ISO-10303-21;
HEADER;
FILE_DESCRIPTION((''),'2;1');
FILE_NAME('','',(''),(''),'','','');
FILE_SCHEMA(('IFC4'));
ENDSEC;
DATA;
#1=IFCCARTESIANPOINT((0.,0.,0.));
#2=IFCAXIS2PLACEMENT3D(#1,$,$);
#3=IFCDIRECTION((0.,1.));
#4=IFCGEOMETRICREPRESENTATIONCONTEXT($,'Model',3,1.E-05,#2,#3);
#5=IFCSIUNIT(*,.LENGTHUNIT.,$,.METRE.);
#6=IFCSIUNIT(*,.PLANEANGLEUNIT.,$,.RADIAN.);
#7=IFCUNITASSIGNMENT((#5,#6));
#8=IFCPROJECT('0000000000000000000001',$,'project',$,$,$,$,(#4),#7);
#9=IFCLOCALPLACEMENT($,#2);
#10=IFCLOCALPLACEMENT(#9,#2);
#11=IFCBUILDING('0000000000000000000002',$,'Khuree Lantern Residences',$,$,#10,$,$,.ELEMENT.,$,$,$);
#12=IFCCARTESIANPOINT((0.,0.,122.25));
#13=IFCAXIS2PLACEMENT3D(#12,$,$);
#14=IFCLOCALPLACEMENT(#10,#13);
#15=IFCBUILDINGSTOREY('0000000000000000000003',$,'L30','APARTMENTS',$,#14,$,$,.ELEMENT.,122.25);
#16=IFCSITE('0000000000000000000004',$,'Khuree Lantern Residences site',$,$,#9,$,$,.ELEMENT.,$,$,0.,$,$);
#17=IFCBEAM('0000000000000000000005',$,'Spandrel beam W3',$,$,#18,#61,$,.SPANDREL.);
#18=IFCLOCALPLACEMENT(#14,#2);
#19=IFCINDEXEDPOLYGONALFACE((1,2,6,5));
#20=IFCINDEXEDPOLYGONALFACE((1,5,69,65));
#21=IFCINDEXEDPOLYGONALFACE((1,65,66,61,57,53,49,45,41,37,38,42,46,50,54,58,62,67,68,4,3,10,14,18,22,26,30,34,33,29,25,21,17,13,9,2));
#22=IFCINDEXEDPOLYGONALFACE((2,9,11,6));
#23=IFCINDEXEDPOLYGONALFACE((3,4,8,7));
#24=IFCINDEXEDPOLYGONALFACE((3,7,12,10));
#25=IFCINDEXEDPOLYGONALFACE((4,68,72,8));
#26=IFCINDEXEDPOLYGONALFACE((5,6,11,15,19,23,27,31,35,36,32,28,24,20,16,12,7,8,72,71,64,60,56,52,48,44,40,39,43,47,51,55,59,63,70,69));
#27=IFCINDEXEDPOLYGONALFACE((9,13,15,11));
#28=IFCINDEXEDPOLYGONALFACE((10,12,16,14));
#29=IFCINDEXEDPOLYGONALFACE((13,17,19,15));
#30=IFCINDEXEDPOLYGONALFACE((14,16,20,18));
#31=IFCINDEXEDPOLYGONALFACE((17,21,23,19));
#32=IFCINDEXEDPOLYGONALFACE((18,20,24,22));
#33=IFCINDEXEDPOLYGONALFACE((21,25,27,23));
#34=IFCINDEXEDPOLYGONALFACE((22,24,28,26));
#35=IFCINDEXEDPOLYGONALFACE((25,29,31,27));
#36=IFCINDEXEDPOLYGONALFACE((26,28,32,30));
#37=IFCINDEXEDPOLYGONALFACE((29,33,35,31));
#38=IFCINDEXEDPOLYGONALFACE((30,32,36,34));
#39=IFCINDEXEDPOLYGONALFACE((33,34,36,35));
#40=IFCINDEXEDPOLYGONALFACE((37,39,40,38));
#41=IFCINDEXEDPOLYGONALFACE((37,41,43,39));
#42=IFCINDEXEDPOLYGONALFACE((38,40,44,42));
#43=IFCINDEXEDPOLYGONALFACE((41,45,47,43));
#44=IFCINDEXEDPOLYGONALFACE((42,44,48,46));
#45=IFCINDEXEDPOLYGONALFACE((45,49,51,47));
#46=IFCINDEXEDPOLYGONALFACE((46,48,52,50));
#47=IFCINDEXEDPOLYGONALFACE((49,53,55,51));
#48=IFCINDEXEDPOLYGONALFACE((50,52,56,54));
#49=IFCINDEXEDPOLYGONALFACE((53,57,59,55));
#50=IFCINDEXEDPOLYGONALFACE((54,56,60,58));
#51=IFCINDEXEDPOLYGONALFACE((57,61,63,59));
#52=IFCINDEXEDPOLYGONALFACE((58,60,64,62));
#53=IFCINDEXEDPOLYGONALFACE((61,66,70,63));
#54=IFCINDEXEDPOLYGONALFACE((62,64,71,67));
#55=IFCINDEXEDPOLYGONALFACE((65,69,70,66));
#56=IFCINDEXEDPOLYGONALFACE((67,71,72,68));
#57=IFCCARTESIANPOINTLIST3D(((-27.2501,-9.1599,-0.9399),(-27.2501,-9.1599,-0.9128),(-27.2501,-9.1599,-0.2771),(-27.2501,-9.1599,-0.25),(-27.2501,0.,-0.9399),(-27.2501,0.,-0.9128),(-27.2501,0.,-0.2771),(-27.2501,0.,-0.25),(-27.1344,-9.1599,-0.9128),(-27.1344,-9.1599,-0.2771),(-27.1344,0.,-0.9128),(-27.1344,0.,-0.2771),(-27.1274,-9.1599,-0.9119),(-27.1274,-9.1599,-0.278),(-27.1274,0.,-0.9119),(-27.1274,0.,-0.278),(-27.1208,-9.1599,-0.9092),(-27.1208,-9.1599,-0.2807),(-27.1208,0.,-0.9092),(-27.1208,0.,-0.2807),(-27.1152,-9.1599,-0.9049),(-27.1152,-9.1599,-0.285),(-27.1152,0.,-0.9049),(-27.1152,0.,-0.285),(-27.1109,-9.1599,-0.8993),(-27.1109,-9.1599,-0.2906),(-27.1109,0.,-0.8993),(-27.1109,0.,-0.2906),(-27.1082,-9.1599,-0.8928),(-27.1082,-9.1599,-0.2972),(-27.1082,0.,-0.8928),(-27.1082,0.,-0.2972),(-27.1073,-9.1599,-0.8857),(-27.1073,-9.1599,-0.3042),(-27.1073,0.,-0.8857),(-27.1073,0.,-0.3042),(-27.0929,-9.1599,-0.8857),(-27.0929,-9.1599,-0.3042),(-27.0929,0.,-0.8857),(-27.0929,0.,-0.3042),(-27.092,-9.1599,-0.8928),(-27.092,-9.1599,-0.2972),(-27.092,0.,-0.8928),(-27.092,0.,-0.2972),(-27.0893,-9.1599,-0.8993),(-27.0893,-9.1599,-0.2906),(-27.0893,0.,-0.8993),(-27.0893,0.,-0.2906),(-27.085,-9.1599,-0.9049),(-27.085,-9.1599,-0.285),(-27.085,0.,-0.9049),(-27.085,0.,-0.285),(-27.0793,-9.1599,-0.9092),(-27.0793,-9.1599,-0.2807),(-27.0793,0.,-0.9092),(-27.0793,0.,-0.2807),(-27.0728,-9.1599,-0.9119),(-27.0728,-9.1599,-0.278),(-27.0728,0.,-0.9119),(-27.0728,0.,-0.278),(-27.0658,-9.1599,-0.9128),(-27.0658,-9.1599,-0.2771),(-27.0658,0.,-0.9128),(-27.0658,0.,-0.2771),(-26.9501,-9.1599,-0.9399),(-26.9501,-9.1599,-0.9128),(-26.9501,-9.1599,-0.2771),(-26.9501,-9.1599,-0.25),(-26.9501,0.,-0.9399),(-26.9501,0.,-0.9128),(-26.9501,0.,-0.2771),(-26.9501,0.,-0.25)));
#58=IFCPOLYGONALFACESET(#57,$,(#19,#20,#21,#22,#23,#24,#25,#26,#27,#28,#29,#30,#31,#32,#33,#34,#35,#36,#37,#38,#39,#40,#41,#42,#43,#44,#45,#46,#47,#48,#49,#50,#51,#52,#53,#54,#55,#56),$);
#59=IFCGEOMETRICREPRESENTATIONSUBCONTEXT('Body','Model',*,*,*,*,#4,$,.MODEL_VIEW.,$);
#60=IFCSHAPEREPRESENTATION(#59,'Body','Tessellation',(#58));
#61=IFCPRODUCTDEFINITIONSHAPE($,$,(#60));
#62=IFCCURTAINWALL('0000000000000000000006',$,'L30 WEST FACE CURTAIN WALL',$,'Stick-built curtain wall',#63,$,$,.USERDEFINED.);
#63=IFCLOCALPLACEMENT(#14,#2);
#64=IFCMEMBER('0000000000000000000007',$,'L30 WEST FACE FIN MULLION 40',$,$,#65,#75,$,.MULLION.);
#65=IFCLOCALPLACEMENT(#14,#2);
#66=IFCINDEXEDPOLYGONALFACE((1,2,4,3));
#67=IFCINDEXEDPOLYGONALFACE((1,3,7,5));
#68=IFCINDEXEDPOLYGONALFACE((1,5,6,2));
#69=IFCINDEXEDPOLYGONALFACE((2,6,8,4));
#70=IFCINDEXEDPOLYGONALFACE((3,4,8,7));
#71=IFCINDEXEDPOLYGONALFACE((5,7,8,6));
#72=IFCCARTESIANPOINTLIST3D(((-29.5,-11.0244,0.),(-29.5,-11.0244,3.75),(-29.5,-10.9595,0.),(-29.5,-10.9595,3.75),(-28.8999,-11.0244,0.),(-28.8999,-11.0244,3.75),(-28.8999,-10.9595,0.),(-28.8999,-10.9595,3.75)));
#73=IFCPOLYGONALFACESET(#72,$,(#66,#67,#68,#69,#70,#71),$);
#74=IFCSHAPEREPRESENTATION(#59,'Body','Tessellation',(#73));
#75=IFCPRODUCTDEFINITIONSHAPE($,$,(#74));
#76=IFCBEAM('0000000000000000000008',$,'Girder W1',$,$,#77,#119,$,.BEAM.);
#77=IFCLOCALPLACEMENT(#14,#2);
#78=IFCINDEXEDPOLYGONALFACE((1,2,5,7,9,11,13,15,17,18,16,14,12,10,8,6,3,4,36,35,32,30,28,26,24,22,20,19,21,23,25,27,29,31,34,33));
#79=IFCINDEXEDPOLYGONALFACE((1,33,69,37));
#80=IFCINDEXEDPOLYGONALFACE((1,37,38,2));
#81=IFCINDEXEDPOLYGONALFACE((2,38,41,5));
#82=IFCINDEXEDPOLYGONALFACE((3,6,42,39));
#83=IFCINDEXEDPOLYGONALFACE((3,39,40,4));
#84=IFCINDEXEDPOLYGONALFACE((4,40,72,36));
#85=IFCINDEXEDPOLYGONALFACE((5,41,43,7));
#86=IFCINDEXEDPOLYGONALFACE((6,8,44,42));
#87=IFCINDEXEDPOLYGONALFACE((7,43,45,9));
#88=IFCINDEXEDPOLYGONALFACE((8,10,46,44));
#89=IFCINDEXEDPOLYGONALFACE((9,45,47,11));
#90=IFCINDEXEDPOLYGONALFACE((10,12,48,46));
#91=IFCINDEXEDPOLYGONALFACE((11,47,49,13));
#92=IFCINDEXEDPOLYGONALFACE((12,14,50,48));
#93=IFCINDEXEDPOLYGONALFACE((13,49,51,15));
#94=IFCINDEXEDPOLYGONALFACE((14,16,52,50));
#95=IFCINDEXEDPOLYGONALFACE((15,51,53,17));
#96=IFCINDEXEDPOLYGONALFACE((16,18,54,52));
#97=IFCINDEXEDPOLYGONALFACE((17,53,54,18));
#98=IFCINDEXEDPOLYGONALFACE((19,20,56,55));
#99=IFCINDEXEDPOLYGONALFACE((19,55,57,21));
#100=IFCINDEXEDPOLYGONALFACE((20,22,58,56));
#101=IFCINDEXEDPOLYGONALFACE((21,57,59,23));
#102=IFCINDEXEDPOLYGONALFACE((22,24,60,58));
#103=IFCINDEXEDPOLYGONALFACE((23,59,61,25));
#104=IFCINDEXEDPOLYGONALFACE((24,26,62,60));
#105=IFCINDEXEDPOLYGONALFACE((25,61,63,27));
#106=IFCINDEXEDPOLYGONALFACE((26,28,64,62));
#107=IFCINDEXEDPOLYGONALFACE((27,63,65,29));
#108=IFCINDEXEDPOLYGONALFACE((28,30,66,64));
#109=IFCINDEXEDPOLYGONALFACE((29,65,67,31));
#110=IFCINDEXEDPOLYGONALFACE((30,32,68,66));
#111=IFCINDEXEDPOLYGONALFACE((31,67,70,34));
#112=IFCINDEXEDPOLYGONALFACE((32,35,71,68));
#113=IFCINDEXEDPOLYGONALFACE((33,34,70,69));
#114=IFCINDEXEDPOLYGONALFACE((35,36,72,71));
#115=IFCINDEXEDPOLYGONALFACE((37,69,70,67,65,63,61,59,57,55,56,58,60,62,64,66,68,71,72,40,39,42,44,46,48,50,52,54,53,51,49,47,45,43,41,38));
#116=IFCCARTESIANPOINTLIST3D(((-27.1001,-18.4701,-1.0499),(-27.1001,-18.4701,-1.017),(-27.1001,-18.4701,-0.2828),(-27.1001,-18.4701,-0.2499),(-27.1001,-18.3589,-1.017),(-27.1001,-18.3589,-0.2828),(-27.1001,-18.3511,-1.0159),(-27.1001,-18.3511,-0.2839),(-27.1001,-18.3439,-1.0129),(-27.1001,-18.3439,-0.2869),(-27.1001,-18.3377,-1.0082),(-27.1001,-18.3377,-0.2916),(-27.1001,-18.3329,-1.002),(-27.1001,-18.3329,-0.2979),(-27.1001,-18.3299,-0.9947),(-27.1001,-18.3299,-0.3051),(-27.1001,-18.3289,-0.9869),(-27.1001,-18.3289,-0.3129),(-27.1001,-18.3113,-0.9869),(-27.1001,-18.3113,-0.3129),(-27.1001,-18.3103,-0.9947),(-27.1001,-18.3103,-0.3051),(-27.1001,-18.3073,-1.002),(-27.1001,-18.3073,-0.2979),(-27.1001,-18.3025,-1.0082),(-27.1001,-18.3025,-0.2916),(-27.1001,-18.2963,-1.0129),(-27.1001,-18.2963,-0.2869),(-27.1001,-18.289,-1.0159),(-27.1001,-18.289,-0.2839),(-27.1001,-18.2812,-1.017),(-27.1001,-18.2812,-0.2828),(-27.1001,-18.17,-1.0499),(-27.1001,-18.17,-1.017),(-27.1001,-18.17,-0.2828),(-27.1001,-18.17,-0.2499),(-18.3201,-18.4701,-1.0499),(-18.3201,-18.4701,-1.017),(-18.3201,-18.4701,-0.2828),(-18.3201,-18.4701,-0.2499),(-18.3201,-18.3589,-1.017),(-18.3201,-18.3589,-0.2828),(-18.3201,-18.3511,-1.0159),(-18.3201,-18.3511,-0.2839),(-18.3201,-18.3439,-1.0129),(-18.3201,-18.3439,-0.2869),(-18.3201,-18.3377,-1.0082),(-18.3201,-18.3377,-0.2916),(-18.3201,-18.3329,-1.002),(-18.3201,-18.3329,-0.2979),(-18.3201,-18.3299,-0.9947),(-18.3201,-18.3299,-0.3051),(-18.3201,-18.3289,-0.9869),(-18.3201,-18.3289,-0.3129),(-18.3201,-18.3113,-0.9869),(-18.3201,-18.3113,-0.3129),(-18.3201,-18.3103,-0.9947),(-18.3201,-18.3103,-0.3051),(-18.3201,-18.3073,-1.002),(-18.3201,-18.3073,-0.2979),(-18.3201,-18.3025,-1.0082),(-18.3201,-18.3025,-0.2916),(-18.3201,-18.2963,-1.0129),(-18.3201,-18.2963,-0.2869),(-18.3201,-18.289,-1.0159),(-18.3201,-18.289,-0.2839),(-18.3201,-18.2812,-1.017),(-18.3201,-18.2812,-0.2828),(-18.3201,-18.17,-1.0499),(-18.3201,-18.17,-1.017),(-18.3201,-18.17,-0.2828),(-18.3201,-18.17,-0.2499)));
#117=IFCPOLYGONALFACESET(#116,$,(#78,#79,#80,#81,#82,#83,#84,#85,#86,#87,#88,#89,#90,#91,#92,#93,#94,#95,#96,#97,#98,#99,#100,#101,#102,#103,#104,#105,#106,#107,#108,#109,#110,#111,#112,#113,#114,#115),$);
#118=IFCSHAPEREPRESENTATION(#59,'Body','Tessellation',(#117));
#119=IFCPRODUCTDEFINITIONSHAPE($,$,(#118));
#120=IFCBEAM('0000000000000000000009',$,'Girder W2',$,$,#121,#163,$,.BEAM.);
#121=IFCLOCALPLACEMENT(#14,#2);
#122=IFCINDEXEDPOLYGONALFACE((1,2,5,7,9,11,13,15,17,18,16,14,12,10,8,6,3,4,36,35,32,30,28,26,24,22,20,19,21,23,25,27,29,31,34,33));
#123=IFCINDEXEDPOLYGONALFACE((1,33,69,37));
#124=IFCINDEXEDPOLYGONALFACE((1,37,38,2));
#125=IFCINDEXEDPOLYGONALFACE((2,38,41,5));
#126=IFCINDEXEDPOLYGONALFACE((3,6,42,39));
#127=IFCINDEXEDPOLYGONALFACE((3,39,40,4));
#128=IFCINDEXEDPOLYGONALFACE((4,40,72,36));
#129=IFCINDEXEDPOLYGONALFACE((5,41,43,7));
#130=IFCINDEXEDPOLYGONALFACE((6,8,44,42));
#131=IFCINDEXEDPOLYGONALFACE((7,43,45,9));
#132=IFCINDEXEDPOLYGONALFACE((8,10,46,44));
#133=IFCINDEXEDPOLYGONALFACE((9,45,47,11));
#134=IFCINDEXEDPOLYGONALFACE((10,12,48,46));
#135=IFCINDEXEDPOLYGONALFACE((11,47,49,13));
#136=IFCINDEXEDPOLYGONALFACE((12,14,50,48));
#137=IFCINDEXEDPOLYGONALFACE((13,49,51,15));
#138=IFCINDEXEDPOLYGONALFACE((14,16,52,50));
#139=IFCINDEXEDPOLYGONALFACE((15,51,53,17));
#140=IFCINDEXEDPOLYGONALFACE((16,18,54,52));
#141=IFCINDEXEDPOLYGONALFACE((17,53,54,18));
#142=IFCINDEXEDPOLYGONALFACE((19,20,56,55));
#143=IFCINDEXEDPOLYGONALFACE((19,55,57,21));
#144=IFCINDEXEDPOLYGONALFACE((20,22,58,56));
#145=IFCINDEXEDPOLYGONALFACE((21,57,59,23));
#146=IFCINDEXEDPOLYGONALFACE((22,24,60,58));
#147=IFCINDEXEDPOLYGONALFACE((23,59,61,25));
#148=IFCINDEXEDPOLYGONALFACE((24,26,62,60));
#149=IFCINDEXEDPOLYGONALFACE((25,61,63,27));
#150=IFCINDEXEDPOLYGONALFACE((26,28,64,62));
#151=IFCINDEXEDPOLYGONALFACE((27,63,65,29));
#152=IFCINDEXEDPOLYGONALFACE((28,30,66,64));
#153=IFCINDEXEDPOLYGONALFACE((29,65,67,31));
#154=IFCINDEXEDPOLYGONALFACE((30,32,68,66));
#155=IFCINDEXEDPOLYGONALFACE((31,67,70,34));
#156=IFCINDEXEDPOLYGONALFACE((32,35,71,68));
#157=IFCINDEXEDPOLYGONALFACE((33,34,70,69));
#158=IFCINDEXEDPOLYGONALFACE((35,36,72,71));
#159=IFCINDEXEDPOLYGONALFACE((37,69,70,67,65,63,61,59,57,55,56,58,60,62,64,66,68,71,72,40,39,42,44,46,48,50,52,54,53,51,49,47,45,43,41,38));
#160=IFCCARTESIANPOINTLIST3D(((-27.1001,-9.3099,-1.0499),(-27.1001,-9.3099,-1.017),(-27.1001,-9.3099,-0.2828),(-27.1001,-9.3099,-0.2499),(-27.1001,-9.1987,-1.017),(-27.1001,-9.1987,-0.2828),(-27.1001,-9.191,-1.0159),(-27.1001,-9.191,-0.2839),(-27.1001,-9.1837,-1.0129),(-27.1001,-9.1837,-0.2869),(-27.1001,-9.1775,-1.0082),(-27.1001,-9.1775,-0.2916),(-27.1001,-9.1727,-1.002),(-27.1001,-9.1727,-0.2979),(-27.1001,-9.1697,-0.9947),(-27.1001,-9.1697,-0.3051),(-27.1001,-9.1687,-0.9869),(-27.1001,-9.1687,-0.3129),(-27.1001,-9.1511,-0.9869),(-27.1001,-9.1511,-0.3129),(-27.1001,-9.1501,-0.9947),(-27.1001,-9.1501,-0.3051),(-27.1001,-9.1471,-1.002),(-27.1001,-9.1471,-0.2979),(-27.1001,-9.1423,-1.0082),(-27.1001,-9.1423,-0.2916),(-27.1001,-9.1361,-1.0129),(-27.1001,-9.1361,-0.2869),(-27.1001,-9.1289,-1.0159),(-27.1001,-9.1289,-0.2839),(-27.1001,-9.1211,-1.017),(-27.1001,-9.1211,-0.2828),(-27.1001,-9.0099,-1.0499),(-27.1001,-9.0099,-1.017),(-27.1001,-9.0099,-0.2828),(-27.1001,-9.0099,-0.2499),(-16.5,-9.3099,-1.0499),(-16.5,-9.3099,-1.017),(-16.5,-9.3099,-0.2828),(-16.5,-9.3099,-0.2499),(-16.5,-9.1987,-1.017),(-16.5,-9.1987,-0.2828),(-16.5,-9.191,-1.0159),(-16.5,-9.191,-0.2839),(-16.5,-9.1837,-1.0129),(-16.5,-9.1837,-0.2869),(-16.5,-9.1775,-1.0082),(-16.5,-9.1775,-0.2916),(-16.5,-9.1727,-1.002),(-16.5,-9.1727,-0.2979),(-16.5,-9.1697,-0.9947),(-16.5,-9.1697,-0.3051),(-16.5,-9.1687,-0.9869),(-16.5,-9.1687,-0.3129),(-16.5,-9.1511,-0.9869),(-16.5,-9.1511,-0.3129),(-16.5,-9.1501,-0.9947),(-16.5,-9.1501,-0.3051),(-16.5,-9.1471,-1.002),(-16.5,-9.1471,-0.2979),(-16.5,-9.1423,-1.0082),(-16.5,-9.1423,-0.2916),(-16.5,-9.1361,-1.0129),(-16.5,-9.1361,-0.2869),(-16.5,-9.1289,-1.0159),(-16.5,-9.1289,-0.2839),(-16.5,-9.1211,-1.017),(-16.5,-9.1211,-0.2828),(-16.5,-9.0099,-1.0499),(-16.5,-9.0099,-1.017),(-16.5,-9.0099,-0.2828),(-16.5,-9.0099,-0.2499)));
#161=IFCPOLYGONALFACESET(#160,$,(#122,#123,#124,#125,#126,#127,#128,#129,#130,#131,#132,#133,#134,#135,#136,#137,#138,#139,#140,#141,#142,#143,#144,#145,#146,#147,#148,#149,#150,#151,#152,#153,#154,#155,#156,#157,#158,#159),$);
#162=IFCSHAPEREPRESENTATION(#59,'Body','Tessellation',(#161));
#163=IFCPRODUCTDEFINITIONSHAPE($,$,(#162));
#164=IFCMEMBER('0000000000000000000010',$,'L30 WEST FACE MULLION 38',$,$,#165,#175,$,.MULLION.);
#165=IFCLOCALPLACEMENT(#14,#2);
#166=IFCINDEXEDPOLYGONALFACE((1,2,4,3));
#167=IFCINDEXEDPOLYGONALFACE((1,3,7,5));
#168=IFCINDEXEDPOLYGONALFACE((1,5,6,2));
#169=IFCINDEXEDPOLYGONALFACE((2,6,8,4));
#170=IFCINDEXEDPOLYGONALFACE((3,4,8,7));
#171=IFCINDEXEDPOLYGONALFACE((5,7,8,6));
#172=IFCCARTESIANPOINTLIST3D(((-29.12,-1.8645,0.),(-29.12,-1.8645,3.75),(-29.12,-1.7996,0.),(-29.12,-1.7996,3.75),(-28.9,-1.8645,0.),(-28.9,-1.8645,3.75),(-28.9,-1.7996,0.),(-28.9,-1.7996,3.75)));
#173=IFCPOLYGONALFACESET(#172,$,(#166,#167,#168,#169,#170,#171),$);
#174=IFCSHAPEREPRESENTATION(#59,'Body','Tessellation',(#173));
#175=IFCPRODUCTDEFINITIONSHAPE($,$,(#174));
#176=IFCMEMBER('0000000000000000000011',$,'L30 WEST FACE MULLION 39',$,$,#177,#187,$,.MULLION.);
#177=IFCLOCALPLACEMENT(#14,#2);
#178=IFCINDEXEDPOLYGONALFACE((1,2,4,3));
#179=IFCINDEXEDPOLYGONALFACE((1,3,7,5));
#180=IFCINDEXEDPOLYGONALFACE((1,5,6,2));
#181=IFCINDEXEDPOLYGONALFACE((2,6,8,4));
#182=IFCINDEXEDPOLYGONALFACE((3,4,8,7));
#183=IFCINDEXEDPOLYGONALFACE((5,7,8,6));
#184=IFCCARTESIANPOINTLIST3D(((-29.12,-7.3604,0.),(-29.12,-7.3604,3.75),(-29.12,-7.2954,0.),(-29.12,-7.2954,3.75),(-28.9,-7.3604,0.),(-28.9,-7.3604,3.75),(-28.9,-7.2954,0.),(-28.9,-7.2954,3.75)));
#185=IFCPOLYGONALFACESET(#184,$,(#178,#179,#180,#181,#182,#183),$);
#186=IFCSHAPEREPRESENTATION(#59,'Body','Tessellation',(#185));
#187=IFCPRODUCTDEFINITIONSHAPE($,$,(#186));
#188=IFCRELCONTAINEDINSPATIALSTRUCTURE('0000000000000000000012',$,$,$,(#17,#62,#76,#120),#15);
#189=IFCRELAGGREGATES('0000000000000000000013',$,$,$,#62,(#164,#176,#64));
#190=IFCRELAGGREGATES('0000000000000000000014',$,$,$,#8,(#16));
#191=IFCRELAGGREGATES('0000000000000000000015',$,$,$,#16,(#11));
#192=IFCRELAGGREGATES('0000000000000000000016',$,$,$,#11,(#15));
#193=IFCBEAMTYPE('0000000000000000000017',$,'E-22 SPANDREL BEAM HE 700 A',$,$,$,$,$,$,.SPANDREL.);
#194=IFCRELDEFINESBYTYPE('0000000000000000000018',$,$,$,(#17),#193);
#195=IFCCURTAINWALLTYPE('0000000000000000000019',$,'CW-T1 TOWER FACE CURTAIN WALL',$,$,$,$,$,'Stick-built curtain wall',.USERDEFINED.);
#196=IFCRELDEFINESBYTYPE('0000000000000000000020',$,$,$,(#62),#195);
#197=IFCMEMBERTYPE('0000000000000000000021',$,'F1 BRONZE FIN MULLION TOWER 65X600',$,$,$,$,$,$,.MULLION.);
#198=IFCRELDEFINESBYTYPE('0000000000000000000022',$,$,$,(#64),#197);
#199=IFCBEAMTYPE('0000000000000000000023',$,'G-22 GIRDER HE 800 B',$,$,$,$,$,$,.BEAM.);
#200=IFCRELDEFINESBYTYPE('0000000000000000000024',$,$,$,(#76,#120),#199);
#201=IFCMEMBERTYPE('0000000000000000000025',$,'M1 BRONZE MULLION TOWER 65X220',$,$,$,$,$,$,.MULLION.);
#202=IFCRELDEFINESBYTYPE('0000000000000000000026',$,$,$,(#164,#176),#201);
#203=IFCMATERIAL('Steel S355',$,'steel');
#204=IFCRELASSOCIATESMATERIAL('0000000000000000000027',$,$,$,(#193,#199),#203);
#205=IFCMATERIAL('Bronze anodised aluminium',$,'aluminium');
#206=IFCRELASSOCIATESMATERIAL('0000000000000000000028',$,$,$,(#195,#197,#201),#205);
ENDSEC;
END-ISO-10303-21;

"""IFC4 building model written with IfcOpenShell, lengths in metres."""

from ifc_helpers import new_model, si_unit, direction, frame, origin, origin_2d, place, context, subcontext, project, spatial, rectangle, i_section, extrude, material, material_profile, profile_set, type_object, element, aggregate, save


model = new_model("IFC4")

# Units and contexts
model_context = context("Model", 3, precision=1e-05, world=origin(), true_north=direction((0.0, 1.0)))
body_context = subcontext(model_context, "Body", "Model", "MODEL_VIEW")
ifc_project = project(units=[si_unit("LENGTHUNIT", "METRE"), si_unit("PLANEANGLEUNIT", "RADIAN")], contexts=[model_context])

# Site, building, storey
site_placement = place(None, origin())
site = spatial("IfcSite", under=ifc_project, at=site_placement, Name="Khuree Lantern Residences site", CompositionType="ELEMENT", RefElevation=0.0)
building_placement = place(site_placement, origin())
building = spatial("IfcBuilding", under=site, at=building_placement, Name="Khuree Lantern Residences", CompositionType="ELEMENT")
storey_placement = place(building_placement, frame((0.0, 0.0, 122.25)))
storey = spatial("IfcBuildingStorey", under=building, at=storey_placement, Name="L30", Description="APARTMENTS", CompositionType="ELEMENT", Elevation=122.25)

# Beam
ifc_material_1 = material(Name="Steel S355", Category="steel")
ifc_material_profile_1 = material_profile(ifc_material_1, i_section(OverallWidth=0.3, OverallDepth=0.6899, WebThickness=0.0144, FlangeThickness=0.0271, FilletRadius=0.0271, at=origin_2d()), Name="HE 700 A")
ifc_profile_set_1 = profile_set([ifc_material_profile_1], Name="Steel S355")
beam_type_1 = type_object("IfcBeamType", Name="E-22 SPANDREL BEAM HE 700 A", PredefinedType="SPANDREL", material=ifc_profile_set_1)
beam_1_placement = place(storey_placement, frame((-27.1001, -9.1599, -0.595), z_axis=(0.0, 1.0, 0.0), x_axis=(-1.0, 0.0, 0.0)))
element("IfcBeam", 1, at=beam_1_placement, inside=storey, type_object=beam_type_1, Name="Spandrel beam W3", PredefinedType="SPANDREL", context=body_context, shape_type="SweptSolid", body=[
    extrude(i_section(OverallWidth=0.3, OverallDepth=0.6899, WebThickness=0.0144, FlangeThickness=0.0271, FilletRadius=0.0271, at=origin_2d()), origin(), (0.0, 0.0, 1.0), 9.1599),
])

# Curtain wall, member
ifc_material_2 = material(Name="Bronze anodised aluminium", Category="aluminium")
curtain_wall_type = type_object("IfcCurtainWallType", Name="CW-T1 TOWER FACE CURTAIN WALL", ElementType="Stick-built curtain wall", PredefinedType="USERDEFINED", material=ifc_material_2)
curtain_wall_placement = place(storey_placement, origin())
curtain_wall = element("IfcCurtainWall", 2, at=curtain_wall_placement, inside=storey, type_object=curtain_wall_type, Name="L30 WEST FACE CURTAIN WALL", ObjectType="Stick-built curtain wall", PredefinedType="USERDEFINED")
ifc_material_profile_2 = material_profile(ifc_material_2, rectangle(XDim=0.0649, YDim=0.6001, at=origin_2d()), Name="F1 65X600")
ifc_profile_set_2 = profile_set([ifc_material_profile_2], Name="Bronze anodised aluminium")
member_type_1 = type_object("IfcMemberType", Name="F1 BRONZE FIN MULLION TOWER 65X600", PredefinedType="MULLION", material=ifc_profile_set_2)
member_1_placement = place(storey_placement, frame((-29.2, -10.9919, 0.0), z_axis=(0.0, 0.0, 1.0), x_axis=(0.0, -1.0, 0.0)))
member_1 = element("IfcMember", 3, at=member_1_placement, type_object=member_type_1, Name="L30 WEST FACE FIN MULLION 40", PredefinedType="MULLION", context=body_context, shape_type="SweptSolid", body=[
    extrude(rectangle(XDim=0.0649, YDim=0.6001, at=origin_2d()), origin(), (0.0, 0.0, 1.0), 3.75),
])

# Beams
ifc_material_profile_3 = material_profile(ifc_material_1, i_section(OverallWidth=0.3, OverallDepth=0.8, WebThickness=0.0176, FlangeThickness=0.033, FilletRadius=0.03, at=origin_2d()), Name="HE 800 B")
ifc_profile_set_3 = profile_set([ifc_material_profile_3], Name="Steel S355")
beam_type_2 = type_object("IfcBeamType", Name="G-22 GIRDER HE 800 B", PredefinedType="BEAM", material=ifc_profile_set_3)
beam_2_placement = place(storey_placement, frame((-27.1001, -18.3201, -0.6499), z_axis=(1.0, 0.0, 0.0), x_axis=(0.0, 1.0, 0.0)))
element("IfcBeam", 4, at=beam_2_placement, inside=storey, type_object=beam_type_2, Name="Girder W1", PredefinedType="BEAM", context=body_context, shape_type="SweptSolid", body=[
    extrude(i_section(OverallWidth=0.3, OverallDepth=0.8, WebThickness=0.0176, FlangeThickness=0.033, FilletRadius=0.03, at=origin_2d()), origin(), (0.0, 0.0, 1.0), 8.78),
])
beam_3_placement = place(storey_placement, frame((-27.1001, -9.1599, -0.6499), z_axis=(1.0, 0.0, 0.0), x_axis=(0.0, 1.0, 0.0)))
element("IfcBeam", 5, at=beam_3_placement, inside=storey, type_object=beam_type_2, Name="Girder W2", PredefinedType="BEAM", context=body_context, shape_type="SweptSolid", body=[
    extrude(i_section(OverallWidth=0.3, OverallDepth=0.8, WebThickness=0.0176, FlangeThickness=0.033, FilletRadius=0.03, at=origin_2d()), origin(), (0.0, 0.0, 1.0), 10.6001),
])

# Members
ifc_material_profile_4 = material_profile(ifc_material_2, rectangle(XDim=0.0649, YDim=0.22, at=origin_2d()), Name="M1 65X220")
ifc_profile_set_4 = profile_set([ifc_material_profile_4], Name="Bronze anodised aluminium")
member_type_2 = type_object("IfcMemberType", Name="M1 BRONZE MULLION TOWER 65X220", PredefinedType="MULLION", material=ifc_profile_set_4)
member_2_placement = place(storey_placement, frame((-29.01, -1.832, 0.0), z_axis=(0.0, 0.0, 1.0), x_axis=(0.0, -1.0, 0.0)))
member_2 = element("IfcMember", 6, at=member_2_placement, type_object=member_type_2, Name="L30 WEST FACE MULLION 38", PredefinedType="MULLION", context=body_context, shape_type="SweptSolid", body=[
    extrude(rectangle(XDim=0.0649, YDim=0.22, at=origin_2d()), origin(), (0.0, 0.0, 1.0), 3.75),
])
member_3_placement = place(storey_placement, frame((-29.01, -7.3279, 0.0), z_axis=(0.0, 0.0, 1.0), x_axis=(0.0, -1.0, 0.0)))
member_3 = element("IfcMember", 7, at=member_3_placement, type_object=member_type_2, Name="L30 WEST FACE MULLION 39", PredefinedType="MULLION", context=body_context, shape_type="SweptSolid", body=[
    extrude(rectangle(XDim=0.0649, YDim=0.22, at=origin_2d()), origin(), (0.0, 0.0, 1.0), 3.75),
])

aggregate(curtain_wall, [member_2, member_3, member_1])

save(model, "model.ifc")
